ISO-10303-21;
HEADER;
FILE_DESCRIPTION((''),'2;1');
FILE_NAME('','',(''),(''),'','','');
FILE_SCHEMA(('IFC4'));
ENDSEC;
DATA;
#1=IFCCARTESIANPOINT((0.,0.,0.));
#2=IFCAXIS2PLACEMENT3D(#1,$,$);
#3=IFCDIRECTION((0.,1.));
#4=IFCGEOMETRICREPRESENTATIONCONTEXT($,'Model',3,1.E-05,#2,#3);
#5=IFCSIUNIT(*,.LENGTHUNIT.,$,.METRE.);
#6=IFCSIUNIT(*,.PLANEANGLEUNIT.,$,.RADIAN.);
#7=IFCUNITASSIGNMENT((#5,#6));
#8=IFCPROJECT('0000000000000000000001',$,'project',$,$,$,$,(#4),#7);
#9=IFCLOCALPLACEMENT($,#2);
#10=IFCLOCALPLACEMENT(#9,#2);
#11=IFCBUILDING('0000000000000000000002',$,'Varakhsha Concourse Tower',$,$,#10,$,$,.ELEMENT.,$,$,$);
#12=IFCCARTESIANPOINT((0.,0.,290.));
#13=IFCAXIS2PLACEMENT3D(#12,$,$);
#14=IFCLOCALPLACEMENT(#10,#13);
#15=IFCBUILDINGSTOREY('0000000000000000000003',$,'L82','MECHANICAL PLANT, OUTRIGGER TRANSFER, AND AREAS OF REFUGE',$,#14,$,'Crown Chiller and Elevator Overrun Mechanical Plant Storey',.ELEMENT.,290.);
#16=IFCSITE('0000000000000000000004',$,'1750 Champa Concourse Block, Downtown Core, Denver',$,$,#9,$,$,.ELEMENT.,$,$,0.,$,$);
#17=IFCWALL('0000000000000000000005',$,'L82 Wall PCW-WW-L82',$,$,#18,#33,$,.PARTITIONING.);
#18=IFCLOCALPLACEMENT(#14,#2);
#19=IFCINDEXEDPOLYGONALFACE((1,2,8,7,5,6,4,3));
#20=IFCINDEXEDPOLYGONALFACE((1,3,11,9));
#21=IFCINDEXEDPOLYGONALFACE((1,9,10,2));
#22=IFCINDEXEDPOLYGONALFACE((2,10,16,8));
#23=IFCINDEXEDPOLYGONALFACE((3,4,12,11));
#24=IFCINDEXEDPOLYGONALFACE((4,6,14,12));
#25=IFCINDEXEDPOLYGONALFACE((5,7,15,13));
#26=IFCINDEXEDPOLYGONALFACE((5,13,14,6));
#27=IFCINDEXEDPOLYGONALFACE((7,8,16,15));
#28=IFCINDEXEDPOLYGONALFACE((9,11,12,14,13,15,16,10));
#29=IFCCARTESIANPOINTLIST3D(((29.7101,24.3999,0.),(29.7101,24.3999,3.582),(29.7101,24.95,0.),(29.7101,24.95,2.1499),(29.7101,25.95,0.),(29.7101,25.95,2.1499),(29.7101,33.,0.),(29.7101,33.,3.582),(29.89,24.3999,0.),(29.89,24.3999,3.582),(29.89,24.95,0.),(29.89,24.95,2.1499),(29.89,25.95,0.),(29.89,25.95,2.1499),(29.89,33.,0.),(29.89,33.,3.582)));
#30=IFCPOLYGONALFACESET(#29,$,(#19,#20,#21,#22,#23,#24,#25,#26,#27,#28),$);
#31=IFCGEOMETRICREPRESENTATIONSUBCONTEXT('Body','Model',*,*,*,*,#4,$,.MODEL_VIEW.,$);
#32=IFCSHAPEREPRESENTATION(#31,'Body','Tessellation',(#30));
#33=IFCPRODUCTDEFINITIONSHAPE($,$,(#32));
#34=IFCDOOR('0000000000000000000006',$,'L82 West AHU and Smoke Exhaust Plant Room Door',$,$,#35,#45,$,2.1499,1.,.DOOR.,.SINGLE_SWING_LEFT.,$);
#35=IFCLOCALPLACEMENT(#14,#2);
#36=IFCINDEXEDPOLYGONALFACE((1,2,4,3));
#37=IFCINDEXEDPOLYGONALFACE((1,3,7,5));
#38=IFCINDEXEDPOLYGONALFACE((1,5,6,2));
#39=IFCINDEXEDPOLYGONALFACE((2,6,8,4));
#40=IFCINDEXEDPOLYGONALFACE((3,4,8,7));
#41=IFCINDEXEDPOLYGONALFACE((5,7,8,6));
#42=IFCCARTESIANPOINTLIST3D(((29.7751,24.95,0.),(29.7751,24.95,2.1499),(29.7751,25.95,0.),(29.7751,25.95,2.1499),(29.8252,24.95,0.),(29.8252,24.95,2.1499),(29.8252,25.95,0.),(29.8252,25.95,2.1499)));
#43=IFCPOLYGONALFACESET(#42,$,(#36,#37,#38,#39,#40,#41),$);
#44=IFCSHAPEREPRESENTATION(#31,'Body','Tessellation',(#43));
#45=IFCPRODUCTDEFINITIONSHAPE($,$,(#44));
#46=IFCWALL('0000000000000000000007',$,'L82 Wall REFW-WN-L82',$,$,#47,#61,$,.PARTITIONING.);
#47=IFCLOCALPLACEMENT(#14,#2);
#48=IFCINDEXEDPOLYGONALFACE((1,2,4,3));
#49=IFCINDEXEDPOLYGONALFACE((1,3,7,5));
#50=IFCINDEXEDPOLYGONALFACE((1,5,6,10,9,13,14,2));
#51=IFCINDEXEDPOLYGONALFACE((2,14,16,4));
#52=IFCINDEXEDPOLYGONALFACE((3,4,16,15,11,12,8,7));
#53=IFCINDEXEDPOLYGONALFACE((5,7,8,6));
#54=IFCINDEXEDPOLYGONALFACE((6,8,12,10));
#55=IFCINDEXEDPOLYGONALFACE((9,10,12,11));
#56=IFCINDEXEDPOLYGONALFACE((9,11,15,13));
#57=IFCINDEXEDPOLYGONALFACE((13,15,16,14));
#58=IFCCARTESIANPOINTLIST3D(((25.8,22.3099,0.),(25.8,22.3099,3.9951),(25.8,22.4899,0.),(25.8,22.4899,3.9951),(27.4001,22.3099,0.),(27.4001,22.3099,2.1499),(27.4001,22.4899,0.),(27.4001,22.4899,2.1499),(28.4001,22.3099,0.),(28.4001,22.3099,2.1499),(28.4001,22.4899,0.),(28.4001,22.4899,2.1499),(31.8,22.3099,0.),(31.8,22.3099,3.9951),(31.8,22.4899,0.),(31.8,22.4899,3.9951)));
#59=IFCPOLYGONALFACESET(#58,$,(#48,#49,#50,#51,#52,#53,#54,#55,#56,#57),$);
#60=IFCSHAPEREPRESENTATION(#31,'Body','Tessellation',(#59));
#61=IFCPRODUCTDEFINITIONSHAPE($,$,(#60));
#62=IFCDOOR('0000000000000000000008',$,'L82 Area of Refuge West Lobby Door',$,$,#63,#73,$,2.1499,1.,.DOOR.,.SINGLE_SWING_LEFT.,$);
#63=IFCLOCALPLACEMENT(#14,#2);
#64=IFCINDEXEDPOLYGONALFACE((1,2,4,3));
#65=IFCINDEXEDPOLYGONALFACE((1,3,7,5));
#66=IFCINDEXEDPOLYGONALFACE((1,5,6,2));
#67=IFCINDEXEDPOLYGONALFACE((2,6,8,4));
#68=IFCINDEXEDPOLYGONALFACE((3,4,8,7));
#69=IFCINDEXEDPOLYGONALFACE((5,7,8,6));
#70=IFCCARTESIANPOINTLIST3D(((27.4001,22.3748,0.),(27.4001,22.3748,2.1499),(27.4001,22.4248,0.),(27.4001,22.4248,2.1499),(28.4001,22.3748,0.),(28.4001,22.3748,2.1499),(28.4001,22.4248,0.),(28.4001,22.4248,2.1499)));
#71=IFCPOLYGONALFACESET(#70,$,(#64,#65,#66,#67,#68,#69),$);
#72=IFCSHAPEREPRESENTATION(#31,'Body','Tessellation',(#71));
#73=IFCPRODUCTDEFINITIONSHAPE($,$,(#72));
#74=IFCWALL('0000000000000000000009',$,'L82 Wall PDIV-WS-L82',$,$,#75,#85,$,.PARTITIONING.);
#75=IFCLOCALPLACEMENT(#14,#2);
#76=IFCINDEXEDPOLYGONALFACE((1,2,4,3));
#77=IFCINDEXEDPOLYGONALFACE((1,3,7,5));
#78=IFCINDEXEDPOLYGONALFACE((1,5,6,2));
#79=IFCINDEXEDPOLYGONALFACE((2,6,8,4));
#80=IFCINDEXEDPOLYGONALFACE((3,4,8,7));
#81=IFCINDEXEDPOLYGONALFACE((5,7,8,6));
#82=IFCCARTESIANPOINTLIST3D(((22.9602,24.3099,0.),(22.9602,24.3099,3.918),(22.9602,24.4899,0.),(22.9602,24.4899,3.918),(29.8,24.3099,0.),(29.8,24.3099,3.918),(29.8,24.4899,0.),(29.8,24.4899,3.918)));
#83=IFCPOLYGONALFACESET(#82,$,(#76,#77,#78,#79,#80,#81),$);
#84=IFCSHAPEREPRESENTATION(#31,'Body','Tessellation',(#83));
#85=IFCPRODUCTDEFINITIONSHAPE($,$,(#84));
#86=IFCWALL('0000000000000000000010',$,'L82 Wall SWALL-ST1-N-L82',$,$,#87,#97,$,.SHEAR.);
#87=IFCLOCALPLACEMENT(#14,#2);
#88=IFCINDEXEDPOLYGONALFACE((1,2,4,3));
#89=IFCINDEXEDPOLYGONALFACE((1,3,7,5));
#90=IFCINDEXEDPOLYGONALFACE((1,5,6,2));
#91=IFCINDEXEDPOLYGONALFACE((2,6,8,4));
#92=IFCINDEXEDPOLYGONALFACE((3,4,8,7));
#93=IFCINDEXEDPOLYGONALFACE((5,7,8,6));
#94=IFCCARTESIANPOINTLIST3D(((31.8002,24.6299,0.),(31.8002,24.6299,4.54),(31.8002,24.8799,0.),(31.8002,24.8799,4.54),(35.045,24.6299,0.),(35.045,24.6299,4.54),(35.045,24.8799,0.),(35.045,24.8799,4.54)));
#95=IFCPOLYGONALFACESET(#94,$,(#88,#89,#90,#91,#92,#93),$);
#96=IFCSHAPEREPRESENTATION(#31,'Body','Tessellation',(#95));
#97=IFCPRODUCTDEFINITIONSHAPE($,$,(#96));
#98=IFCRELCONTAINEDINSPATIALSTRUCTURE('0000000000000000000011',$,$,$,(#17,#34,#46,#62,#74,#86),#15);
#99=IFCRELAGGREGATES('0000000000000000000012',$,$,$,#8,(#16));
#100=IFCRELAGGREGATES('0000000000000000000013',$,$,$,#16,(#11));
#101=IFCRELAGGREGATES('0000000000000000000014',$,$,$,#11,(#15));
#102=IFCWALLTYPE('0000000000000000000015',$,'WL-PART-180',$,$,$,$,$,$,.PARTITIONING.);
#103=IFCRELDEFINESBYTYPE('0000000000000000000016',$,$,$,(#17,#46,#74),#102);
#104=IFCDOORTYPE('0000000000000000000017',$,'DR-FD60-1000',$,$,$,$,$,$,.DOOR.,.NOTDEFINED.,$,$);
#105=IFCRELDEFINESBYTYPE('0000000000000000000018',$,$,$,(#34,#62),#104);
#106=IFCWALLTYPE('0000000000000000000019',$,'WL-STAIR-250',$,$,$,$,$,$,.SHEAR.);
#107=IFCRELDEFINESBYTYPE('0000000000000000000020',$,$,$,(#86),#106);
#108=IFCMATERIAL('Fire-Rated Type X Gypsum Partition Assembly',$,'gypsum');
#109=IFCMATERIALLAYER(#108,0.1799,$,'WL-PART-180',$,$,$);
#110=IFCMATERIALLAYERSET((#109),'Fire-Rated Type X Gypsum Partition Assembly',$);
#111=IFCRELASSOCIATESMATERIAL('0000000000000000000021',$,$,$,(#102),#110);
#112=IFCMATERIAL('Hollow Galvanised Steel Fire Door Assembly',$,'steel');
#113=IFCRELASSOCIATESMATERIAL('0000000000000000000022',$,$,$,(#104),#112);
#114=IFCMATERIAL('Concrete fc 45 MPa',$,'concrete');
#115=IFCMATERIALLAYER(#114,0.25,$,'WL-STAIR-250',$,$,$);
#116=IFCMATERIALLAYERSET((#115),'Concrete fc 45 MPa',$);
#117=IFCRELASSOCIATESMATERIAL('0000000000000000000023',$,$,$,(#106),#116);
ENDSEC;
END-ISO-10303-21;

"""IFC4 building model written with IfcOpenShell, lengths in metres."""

from ifc_helpers import new_model, si_unit, direction, frame, frame_2d, origin, place, context, subcontext, project, spatial, rectangle, extrude, material, layer, layer_set, type_object, element, fill, save


model = new_model("IFC4")

# Units and contexts
model_context = context("Model", 3, precision=1e-05, world=origin(), true_north=direction((0.0, 1.0)))
body_context = subcontext(model_context, "Body", "Model", "MODEL_VIEW")
ifc_project = project(units=[si_unit("LENGTHUNIT", "METRE"), si_unit("PLANEANGLEUNIT", "RADIAN")], contexts=[model_context])

# Site, building, storey
site_placement = place(None, origin())
site = spatial("IfcSite", under=ifc_project, at=site_placement, Name="1750 Champa Concourse Block, Downtown Core, Denver", CompositionType="ELEMENT", RefElevation=0.0)
building_placement = place(site_placement, origin())
building = spatial("IfcBuilding", under=site, at=building_placement, Name="Varakhsha Concourse Tower", CompositionType="ELEMENT")
storey_placement = place(building_placement, frame((0.0, 0.0, 290.0)))
storey = spatial("IfcBuildingStorey", under=building, at=storey_placement, Name="L82", Description="MECHANICAL PLANT, OUTRIGGER TRANSFER, AND AREAS OF REFUGE", LongName="Crown Chiller and Elevator Overrun Mechanical Plant Storey", CompositionType="ELEMENT", Elevation=290.0)

# Walls, openings, doors
ifc_material_1 = material(Name="Fire-Rated Type X Gypsum Partition Assembly", Category="gypsum")
ifc_layer_1 = layer(ifc_material_1, 0.1799, Name="WL-PART-180")
ifc_layer_set_1 = layer_set([ifc_layer_1], Name="Fire-Rated Type X Gypsum Partition Assembly")
wall_type_1 = type_object("IfcWallType", Name="WL-PART-180", PredefinedType="PARTITIONING", material=ifc_layer_set_1)
wall_1_placement = place(storey_placement, frame((29.8, 24.3999, 0.0), z_axis=(0.0, 0.0, 1.0), x_axis=(0.0, 1.0, 0.0)))
wall_1 = element("IfcWall", 1, at=wall_1_placement, inside=storey, type_object=wall_type_1, Name="L82 Wall PCW-WW-L82", PredefinedType="PARTITIONING", context=body_context, shape_type="SweptSolid", body=[
    extrude(rectangle(XDim=8.6001, YDim=0.1799, at=frame_2d((4.3, 0.0))), origin(), (0.0, 0.0, 1.0), 3.582),
])
opening_1_placement = place(wall_1_placement, frame((0.55, 0.0, 0.0)))
opening_1 = element("IfcOpeningElement", 2, at=opening_1_placement, cuts=wall_1, PredefinedType="OPENING", context=body_context, shape_type="SweptSolid", body=[
    extrude(rectangle(XDim=1.0, YDim=2.1499, at=frame_2d((0.5, 1.075))), frame((0.0, 0.0999, 0.0), z_axis=(0.0, -1.0, 0.0), x_axis=(1.0, 0.0, 0.0)), (0.0, 0.0, 1.0), 0.2),
])
ifc_material_2 = material(Name="Hollow Galvanised Steel Fire Door Assembly", Category="steel")
door_type = type_object("IfcDoorType", Name="DR-FD60-1000", OperationType="NOTDEFINED", PredefinedType="DOOR", material=ifc_material_2)
door_1_placement = place(opening_1_placement, origin())
door_1 = element("IfcDoor", 3, at=door_1_placement, inside=storey, type_object=door_type, Name="L82 West AHU and Smoke Exhaust Plant Room Door", OperationType="SINGLE_SWING_LEFT", OverallHeight=2.1499, OverallWidth=1.0, PredefinedType="DOOR", context=body_context, shape_type="SweptSolid", body=[
    extrude(rectangle(XDim=1.0, YDim=2.1499, at=frame_2d((0.5, 1.075))), frame((0.0, 0.0249, 0.0), z_axis=(0.0, -1.0, 0.0), x_axis=(1.0, 0.0, 0.0)), (0.0, 0.0, 1.0), 0.05),
])
fill(opening_1, door_1)
wall_2_placement = place(storey_placement, frame((25.8, 22.3999, 0.0), z_axis=(0.0, 0.0, 1.0), x_axis=(1.0, 0.0, 0.0)))
wall_2 = element("IfcWall", 4, at=wall_2_placement, inside=storey, type_object=wall_type_1, Name="L82 Wall REFW-WN-L82", PredefinedType="PARTITIONING", context=body_context, shape_type="SweptSolid", body=[
    extrude(rectangle(XDim=6.0, YDim=0.1799, at=frame_2d((3.0, 0.0))), origin(), (0.0, 0.0, 1.0), 3.9951),
])
opening_2_placement = place(wall_2_placement, frame((1.6001, 0.0, 0.0)))
opening_2 = element("IfcOpeningElement", 5, at=opening_2_placement, cuts=wall_2, PredefinedType="OPENING", context=body_context, shape_type="SweptSolid", body=[
    extrude(rectangle(XDim=1.0, YDim=2.1499, at=frame_2d((0.5, 1.075))), frame((0.0, 0.0999, 0.0), z_axis=(0.0, -1.0, 0.0), x_axis=(1.0, 0.0, 0.0)), (0.0, 0.0, 1.0), 0.2),
])
door_2_placement = place(opening_2_placement, origin())
door_2 = element("IfcDoor", 6, at=door_2_placement, inside=storey, type_object=door_type, Name="L82 Area of Refuge West Lobby Door", OperationType="SINGLE_SWING_LEFT", OverallHeight=2.1499, OverallWidth=1.0, PredefinedType="DOOR", context=body_context, shape_type="SweptSolid", body=[
    extrude(rectangle(XDim=1.0, YDim=2.1499, at=frame_2d((0.5, 1.075))), frame((0.0, 0.0249, 0.0), z_axis=(0.0, -1.0, 0.0), x_axis=(1.0, 0.0, 0.0)), (0.0, 0.0, 1.0), 0.05),
])
fill(opening_2, door_2)

# Walls
wall_3_placement = place(storey_placement, frame((22.9602, 24.3999, 0.0), z_axis=(0.0, 0.0, 1.0), x_axis=(1.0, 0.0, 0.0)))
element("IfcWall", 7, at=wall_3_placement, inside=storey, type_object=wall_type_1, Name="L82 Wall PDIV-WS-L82", PredefinedType="PARTITIONING", context=body_context, shape_type="SweptSolid", body=[
    extrude(rectangle(XDim=6.8398, YDim=0.1799, at=frame_2d((3.4199, 0.0))), origin(), (0.0, 0.0, 1.0), 3.918),
])
ifc_material_3 = material(Name="Concrete fc 45 MPa", Category="concrete")
ifc_layer_2 = layer(ifc_material_3, 0.25, Name="WL-STAIR-250")
ifc_layer_set_2 = layer_set([ifc_layer_2], Name="Concrete fc 45 MPa")
wall_type_2 = type_object("IfcWallType", Name="WL-STAIR-250", PredefinedType="SHEAR", material=ifc_layer_set_2)
wall_4_placement = place(storey_placement, frame((31.8, 24.7549, 0.0), z_axis=(0.0, 0.0, 1.0), x_axis=(1.0, 0.0, 0.0)))
element("IfcWall", 8, at=wall_4_placement, inside=storey, type_object=wall_type_2, Name="L82 Wall SWALL-ST1-N-L82", PredefinedType="SHEAR", context=body_context, shape_type="SweptSolid", body=[
    extrude(rectangle(XDim=3.2449, YDim=0.25, at=frame_2d((1.6226, 0.0))), origin(), (0.0, 0.0, 1.0), 4.54),
])

save(model, "model.ifc")
